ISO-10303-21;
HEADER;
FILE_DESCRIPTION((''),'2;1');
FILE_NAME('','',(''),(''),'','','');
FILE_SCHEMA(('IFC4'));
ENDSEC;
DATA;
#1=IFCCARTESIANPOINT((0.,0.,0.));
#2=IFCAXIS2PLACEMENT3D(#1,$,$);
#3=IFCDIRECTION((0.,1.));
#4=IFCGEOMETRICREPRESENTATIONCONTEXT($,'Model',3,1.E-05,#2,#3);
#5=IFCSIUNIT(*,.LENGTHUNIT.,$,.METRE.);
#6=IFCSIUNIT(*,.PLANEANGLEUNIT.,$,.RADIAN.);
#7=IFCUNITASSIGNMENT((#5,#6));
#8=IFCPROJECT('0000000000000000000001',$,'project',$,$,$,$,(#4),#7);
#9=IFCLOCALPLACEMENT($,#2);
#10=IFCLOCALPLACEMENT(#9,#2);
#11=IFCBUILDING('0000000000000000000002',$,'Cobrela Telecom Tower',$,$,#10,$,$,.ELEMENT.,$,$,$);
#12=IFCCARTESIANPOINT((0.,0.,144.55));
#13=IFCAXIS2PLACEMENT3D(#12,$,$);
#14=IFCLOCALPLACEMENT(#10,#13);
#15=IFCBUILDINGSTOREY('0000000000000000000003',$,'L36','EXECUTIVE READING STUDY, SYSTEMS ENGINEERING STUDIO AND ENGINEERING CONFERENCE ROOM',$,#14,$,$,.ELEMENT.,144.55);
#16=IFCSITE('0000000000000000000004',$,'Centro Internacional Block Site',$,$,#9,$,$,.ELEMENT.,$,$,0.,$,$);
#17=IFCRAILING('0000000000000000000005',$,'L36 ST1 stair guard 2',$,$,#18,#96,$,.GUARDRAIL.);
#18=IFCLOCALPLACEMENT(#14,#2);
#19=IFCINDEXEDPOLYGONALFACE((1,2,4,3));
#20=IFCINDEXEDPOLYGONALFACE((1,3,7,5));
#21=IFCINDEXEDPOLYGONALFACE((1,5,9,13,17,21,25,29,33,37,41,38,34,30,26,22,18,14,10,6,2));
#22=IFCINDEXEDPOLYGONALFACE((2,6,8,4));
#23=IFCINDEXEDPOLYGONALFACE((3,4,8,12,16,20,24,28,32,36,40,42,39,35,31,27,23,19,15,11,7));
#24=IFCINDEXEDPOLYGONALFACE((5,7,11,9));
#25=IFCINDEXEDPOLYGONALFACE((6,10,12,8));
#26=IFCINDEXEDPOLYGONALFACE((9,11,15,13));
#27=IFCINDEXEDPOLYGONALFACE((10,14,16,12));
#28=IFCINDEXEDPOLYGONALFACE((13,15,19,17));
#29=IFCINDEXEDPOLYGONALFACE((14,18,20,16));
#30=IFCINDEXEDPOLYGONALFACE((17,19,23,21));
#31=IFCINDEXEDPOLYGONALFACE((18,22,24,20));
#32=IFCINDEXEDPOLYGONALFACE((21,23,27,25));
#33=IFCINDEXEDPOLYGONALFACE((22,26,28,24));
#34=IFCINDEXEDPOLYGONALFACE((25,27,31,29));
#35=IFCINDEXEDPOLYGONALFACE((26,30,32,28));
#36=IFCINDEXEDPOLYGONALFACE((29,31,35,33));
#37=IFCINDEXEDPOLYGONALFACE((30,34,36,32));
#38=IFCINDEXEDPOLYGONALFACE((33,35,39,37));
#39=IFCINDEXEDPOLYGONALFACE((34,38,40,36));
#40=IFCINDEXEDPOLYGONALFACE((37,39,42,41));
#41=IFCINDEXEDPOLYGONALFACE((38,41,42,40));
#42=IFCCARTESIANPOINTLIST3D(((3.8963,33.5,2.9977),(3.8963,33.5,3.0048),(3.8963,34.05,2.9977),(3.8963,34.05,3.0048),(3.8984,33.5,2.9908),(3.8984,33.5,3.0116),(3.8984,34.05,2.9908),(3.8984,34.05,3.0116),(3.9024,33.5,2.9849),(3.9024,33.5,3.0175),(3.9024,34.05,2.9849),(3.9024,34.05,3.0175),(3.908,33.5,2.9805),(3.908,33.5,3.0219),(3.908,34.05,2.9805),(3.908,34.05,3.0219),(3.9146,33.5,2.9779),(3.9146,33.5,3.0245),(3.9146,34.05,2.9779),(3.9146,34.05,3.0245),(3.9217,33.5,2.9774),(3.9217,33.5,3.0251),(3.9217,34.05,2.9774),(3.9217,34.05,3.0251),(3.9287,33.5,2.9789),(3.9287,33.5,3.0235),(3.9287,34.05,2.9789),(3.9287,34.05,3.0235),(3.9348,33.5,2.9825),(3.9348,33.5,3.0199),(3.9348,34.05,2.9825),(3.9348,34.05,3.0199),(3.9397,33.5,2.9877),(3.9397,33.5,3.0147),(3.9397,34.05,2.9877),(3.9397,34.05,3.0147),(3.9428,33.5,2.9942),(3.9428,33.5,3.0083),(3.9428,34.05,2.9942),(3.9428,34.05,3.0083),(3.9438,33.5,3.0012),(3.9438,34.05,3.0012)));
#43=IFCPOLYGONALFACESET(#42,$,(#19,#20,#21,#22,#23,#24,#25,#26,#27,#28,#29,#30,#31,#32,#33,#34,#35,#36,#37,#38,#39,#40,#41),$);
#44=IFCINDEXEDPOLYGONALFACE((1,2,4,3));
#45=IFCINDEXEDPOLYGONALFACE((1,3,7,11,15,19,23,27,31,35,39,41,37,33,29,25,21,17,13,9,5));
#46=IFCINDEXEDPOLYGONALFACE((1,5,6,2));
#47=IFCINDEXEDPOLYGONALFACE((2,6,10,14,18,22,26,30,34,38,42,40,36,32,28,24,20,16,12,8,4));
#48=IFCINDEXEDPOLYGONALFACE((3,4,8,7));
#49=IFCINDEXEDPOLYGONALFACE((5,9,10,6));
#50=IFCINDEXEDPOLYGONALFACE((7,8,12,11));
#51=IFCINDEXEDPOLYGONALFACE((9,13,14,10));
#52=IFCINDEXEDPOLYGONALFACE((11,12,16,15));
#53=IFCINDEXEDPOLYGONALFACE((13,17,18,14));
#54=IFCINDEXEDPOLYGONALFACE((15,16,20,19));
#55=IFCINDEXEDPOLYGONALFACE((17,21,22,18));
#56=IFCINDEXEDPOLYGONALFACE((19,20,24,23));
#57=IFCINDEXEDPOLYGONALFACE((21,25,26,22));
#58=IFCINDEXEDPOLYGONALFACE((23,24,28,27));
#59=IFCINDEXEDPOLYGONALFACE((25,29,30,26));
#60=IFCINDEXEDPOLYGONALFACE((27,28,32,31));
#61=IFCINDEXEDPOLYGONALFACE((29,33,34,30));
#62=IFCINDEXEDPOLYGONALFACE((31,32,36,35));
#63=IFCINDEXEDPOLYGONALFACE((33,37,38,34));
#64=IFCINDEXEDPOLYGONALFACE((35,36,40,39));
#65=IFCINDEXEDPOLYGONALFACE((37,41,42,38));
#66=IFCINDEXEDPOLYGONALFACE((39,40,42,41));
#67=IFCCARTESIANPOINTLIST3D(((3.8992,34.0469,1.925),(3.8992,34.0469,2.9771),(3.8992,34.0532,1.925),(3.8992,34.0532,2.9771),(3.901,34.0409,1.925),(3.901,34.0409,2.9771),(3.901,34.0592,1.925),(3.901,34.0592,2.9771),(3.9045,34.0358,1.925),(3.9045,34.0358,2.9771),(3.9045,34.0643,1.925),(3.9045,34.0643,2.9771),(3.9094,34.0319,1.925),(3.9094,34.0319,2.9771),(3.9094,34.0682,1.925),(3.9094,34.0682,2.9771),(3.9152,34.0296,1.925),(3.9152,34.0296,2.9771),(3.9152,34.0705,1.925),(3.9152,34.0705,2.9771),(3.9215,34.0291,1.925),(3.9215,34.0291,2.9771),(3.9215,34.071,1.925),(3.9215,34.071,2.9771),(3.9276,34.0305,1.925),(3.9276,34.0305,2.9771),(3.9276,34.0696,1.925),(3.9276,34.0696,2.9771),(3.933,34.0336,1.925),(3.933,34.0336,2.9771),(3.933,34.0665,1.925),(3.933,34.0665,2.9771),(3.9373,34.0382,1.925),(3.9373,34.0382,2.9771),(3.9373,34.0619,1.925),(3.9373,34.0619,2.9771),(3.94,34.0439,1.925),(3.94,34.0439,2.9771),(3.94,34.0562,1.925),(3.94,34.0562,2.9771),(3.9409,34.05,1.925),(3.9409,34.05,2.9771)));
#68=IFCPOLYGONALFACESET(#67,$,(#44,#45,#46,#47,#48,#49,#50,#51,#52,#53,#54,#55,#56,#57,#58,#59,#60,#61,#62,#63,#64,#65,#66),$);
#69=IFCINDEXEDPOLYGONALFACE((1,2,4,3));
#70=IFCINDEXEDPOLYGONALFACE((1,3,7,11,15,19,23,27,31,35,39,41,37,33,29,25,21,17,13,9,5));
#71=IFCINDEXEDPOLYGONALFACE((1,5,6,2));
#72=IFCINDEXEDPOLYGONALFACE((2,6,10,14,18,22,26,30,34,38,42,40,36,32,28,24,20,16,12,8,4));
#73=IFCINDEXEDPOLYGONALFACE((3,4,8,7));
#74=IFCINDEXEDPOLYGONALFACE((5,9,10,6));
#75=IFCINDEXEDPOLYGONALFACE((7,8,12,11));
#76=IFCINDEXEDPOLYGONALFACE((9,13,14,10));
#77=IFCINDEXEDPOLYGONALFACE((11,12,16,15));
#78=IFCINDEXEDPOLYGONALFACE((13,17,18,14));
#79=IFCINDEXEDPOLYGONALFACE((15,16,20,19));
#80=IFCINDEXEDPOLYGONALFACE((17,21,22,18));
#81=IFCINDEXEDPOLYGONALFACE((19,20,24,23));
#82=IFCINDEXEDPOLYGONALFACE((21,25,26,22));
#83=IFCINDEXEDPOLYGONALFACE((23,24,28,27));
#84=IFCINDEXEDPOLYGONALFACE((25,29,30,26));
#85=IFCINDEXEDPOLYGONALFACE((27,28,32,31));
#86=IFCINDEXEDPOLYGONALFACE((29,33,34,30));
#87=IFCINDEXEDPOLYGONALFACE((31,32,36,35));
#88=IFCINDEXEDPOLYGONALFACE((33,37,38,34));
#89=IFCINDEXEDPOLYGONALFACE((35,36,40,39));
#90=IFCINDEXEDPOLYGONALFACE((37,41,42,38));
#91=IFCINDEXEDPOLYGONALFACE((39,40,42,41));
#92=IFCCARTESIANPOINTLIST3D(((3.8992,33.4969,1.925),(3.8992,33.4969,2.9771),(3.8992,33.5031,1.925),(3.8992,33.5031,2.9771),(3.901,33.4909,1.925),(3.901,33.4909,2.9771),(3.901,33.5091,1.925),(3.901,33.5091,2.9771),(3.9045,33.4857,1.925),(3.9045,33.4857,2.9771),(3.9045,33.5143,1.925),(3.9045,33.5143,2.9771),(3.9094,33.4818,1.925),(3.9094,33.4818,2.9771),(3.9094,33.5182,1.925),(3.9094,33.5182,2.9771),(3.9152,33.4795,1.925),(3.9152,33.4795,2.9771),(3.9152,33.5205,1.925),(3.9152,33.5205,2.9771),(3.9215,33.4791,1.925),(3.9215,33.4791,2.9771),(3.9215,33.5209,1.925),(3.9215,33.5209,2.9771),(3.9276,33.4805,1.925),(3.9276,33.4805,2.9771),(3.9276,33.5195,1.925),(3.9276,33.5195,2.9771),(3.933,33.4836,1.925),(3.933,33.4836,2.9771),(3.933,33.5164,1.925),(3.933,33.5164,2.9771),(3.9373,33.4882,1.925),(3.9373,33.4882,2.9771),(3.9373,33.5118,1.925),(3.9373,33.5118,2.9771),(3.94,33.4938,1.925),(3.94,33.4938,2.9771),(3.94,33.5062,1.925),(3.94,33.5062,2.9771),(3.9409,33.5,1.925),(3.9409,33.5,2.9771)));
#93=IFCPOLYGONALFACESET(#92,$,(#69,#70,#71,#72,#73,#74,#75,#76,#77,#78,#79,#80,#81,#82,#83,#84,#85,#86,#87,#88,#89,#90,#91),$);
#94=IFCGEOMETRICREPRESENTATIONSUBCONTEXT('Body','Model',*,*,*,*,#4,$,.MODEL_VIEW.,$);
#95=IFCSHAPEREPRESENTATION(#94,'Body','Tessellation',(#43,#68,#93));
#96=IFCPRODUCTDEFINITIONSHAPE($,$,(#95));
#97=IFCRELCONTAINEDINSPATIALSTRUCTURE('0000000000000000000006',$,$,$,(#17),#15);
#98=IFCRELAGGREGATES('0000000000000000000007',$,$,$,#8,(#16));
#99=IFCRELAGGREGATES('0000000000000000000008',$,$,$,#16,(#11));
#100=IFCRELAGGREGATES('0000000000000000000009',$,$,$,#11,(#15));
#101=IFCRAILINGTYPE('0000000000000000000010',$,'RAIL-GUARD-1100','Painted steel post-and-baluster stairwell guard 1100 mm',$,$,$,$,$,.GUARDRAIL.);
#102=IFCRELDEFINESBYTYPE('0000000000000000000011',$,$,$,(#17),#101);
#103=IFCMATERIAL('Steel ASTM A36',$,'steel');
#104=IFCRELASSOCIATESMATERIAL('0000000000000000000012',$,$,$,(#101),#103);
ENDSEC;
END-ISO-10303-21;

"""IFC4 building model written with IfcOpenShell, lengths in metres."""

from ifc_helpers import new_model, si_unit, direction, frame, origin, origin_2d, place, context, subcontext, project, spatial, circle, extrude, material, type_object, element, save


model = new_model("IFC4")

# Units and contexts
model_context = context("Model", 3, precision=1e-05, world=origin(), true_north=direction((0.0, 1.0)))
body_context = subcontext(model_context, "Body", "Model", "MODEL_VIEW")
ifc_project = project(units=[si_unit("LENGTHUNIT", "METRE"), si_unit("PLANEANGLEUNIT", "RADIAN")], contexts=[model_context])

# Site, building, storey
site_placement = place(None, origin())
site = spatial("IfcSite", under=ifc_project, at=site_placement, Name="Centro Internacional Block Site", CompositionType="ELEMENT", RefElevation=0.0)
building_placement = place(site_placement, origin())
building = spatial("IfcBuilding", under=site, at=building_placement, Name="Cobrela Telecom Tower", CompositionType="ELEMENT")
storey_placement = place(building_placement, frame((0.0, 0.0, 144.55)))
storey = spatial("IfcBuildingStorey", under=building, at=storey_placement, Name="L36", Description="EXECUTIVE READING STUDY, SYSTEMS ENGINEERING STUDIO AND ENGINEERING CONFERENCE ROOM", CompositionType="ELEMENT", Elevation=144.55)

# Shared definitions
ifc_material_1 = material(Name="Steel ASTM A36", Category="steel")

# Railing
railing_type_1 = type_object("IfcRailingType", Name="RAIL-GUARD-1100", Description="Painted steel post-and-baluster stairwell guard 1100 mm", PredefinedType="GUARDRAIL", material=ifc_material_1)
railing_1_placement = place(storey_placement, frame((3.9199, 34.05, 1.925)))
element("IfcRailing", 1, at=railing_1_placement, inside=storey, type_object=railing_type_1, Name="L36 ST1 stair guard 2", PredefinedType="GUARDRAIL", context=body_context, shape_type="SweptSolid", body=[
    extrude(circle(Radius=0.0239, at=origin_2d()), frame((0.0, 0.0, 1.0762), z_axis=(0.0, -1.0, 0.0), x_axis=(1.0, 0.0, 0.0)), (0.0, 0.0, 1.0), 0.55),
    extrude(circle(Radius=0.021, at=origin_2d()), origin(), (0.0, 0.0, 1.0), 1.052),
    extrude(circle(Radius=0.021, at=origin_2d()), frame((0.0, -0.55, 0.0)), (0.0, 0.0, 1.0), 1.052),
])

save(model, "model.ifc")
